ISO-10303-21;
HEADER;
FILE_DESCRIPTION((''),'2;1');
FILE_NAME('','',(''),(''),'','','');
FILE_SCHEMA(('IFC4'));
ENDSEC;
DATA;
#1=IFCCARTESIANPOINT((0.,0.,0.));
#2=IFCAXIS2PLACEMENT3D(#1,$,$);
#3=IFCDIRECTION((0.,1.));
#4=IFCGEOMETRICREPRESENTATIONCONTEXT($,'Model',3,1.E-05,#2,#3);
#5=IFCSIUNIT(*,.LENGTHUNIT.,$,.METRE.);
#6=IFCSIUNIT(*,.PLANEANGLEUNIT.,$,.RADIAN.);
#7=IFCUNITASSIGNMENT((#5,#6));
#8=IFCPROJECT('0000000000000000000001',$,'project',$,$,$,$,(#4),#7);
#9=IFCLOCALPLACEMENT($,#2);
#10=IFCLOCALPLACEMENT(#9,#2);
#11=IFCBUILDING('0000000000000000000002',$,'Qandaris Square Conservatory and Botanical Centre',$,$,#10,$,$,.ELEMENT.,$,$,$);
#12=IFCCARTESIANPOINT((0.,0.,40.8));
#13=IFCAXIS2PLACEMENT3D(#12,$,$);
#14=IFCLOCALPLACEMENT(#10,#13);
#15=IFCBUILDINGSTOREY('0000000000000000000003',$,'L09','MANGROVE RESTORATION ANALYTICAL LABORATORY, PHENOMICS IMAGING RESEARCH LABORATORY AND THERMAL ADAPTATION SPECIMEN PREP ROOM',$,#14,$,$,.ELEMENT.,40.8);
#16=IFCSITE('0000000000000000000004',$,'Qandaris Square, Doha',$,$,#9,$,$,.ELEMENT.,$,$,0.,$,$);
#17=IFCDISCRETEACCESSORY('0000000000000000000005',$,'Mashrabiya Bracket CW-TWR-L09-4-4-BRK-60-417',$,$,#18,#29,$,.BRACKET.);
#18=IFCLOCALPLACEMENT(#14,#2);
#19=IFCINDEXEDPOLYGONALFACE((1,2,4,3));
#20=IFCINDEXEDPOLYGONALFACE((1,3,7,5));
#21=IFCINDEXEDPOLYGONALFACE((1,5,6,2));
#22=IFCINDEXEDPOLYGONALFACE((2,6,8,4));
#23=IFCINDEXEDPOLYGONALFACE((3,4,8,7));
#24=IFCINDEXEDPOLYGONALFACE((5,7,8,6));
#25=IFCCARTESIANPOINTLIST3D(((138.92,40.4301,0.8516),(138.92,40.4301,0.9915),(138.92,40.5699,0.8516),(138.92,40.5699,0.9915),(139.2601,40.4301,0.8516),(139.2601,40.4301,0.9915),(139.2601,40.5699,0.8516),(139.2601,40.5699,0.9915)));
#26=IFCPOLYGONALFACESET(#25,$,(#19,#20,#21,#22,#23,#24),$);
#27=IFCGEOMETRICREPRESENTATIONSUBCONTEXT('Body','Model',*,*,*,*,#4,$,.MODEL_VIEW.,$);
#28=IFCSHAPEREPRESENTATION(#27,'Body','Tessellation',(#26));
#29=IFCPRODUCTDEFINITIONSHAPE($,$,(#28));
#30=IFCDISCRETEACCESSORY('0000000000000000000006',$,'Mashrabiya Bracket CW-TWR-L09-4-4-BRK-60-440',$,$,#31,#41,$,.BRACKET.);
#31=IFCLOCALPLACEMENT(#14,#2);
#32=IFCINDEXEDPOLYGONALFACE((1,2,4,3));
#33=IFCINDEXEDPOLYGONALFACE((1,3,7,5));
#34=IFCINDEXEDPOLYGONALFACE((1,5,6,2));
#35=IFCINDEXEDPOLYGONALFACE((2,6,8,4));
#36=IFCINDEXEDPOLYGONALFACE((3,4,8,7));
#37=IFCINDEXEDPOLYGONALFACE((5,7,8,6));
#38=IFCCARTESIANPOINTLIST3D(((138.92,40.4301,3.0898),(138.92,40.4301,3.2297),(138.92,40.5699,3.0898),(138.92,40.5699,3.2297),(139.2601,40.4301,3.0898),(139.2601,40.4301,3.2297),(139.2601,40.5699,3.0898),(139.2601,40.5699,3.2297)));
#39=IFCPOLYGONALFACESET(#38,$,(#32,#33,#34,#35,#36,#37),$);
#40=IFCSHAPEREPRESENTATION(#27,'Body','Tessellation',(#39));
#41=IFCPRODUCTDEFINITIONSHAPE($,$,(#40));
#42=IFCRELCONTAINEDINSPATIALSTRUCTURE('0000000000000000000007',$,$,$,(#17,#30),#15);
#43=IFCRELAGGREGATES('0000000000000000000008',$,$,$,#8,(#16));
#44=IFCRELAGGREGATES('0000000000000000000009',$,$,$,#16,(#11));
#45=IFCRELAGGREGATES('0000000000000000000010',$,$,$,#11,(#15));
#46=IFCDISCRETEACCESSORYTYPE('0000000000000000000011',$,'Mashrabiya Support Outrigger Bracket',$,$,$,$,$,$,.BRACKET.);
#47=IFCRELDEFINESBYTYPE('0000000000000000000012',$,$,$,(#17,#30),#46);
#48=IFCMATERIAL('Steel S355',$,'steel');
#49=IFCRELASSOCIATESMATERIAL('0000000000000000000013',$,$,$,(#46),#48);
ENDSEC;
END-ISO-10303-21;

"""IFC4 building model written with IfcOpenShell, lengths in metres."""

from ifc_helpers import new_model, si_unit, direction, frame, origin, origin_2d, place, context, subcontext, project, spatial, rectangle, extrude, material, type_object, element, save


model = new_model("IFC4")

# Units and contexts
model_context = context("Model", 3, precision=1e-05, world=origin(), true_north=direction((0.0, 1.0)))
body_context = subcontext(model_context, "Body", "Model", "MODEL_VIEW")
ifc_project = project(units=[si_unit("LENGTHUNIT", "METRE"), si_unit("PLANEANGLEUNIT", "RADIAN")], contexts=[model_context])

# Site, building, storey
site_placement = place(None, origin())
site = spatial("IfcSite", under=ifc_project, at=site_placement, Name="Qandaris Square, Doha", CompositionType="ELEMENT", RefElevation=0.0)
building_placement = place(site_placement, origin())
building = spatial("IfcBuilding", under=site, at=building_placement, Name="Qandaris Square Conservatory and Botanical Centre", CompositionType="ELEMENT")
storey_placement = place(building_placement, frame((0.0, 0.0, 40.8)))
storey = spatial("IfcBuildingStorey", under=building, at=storey_placement, Name="L09", Description="MANGROVE RESTORATION ANALYTICAL LABORATORY, PHENOMICS IMAGING RESEARCH LABORATORY AND THERMAL ADAPTATION SPECIMEN PREP ROOM", CompositionType="ELEMENT", Elevation=40.8)

# Discrete accessories
ifc_material_1 = material(Name="Steel S355", Category="steel")
discrete_accessory_type = type_object("IfcDiscreteAccessoryType", Name="Mashrabiya Support Outrigger Bracket", PredefinedType="BRACKET", material=ifc_material_1)
for number, where, z_axis, x_axis, name in (
    (1, (139.0901, 40.5, 0.8516), (0.0, 0.0, 1.0), (0.0, -1.0, 0.0), "Mashrabiya Bracket CW-TWR-L09-4-4-BRK-60-417"),
    (2, (139.0901, 40.5, 3.0898), (0.0, 0.0, 1.0), (0.0, -1.0, 0.0), "Mashrabiya Bracket CW-TWR-L09-4-4-BRK-60-440"),
):
    element("IfcDiscreteAccessory", number, at=place(storey_placement, frame(where, z_axis=z_axis, x_axis=x_axis)), inside=storey, type_object=discrete_accessory_type, Name=name, PredefinedType="BRACKET", context=body_context, shape_type="SweptSolid", body=[
        extrude(rectangle(XDim=0.1399, YDim=0.3401, at=origin_2d()), origin(), (0.0, 0.0, 1.0), 0.1399),
    ])

save(model, "model.ifc")
